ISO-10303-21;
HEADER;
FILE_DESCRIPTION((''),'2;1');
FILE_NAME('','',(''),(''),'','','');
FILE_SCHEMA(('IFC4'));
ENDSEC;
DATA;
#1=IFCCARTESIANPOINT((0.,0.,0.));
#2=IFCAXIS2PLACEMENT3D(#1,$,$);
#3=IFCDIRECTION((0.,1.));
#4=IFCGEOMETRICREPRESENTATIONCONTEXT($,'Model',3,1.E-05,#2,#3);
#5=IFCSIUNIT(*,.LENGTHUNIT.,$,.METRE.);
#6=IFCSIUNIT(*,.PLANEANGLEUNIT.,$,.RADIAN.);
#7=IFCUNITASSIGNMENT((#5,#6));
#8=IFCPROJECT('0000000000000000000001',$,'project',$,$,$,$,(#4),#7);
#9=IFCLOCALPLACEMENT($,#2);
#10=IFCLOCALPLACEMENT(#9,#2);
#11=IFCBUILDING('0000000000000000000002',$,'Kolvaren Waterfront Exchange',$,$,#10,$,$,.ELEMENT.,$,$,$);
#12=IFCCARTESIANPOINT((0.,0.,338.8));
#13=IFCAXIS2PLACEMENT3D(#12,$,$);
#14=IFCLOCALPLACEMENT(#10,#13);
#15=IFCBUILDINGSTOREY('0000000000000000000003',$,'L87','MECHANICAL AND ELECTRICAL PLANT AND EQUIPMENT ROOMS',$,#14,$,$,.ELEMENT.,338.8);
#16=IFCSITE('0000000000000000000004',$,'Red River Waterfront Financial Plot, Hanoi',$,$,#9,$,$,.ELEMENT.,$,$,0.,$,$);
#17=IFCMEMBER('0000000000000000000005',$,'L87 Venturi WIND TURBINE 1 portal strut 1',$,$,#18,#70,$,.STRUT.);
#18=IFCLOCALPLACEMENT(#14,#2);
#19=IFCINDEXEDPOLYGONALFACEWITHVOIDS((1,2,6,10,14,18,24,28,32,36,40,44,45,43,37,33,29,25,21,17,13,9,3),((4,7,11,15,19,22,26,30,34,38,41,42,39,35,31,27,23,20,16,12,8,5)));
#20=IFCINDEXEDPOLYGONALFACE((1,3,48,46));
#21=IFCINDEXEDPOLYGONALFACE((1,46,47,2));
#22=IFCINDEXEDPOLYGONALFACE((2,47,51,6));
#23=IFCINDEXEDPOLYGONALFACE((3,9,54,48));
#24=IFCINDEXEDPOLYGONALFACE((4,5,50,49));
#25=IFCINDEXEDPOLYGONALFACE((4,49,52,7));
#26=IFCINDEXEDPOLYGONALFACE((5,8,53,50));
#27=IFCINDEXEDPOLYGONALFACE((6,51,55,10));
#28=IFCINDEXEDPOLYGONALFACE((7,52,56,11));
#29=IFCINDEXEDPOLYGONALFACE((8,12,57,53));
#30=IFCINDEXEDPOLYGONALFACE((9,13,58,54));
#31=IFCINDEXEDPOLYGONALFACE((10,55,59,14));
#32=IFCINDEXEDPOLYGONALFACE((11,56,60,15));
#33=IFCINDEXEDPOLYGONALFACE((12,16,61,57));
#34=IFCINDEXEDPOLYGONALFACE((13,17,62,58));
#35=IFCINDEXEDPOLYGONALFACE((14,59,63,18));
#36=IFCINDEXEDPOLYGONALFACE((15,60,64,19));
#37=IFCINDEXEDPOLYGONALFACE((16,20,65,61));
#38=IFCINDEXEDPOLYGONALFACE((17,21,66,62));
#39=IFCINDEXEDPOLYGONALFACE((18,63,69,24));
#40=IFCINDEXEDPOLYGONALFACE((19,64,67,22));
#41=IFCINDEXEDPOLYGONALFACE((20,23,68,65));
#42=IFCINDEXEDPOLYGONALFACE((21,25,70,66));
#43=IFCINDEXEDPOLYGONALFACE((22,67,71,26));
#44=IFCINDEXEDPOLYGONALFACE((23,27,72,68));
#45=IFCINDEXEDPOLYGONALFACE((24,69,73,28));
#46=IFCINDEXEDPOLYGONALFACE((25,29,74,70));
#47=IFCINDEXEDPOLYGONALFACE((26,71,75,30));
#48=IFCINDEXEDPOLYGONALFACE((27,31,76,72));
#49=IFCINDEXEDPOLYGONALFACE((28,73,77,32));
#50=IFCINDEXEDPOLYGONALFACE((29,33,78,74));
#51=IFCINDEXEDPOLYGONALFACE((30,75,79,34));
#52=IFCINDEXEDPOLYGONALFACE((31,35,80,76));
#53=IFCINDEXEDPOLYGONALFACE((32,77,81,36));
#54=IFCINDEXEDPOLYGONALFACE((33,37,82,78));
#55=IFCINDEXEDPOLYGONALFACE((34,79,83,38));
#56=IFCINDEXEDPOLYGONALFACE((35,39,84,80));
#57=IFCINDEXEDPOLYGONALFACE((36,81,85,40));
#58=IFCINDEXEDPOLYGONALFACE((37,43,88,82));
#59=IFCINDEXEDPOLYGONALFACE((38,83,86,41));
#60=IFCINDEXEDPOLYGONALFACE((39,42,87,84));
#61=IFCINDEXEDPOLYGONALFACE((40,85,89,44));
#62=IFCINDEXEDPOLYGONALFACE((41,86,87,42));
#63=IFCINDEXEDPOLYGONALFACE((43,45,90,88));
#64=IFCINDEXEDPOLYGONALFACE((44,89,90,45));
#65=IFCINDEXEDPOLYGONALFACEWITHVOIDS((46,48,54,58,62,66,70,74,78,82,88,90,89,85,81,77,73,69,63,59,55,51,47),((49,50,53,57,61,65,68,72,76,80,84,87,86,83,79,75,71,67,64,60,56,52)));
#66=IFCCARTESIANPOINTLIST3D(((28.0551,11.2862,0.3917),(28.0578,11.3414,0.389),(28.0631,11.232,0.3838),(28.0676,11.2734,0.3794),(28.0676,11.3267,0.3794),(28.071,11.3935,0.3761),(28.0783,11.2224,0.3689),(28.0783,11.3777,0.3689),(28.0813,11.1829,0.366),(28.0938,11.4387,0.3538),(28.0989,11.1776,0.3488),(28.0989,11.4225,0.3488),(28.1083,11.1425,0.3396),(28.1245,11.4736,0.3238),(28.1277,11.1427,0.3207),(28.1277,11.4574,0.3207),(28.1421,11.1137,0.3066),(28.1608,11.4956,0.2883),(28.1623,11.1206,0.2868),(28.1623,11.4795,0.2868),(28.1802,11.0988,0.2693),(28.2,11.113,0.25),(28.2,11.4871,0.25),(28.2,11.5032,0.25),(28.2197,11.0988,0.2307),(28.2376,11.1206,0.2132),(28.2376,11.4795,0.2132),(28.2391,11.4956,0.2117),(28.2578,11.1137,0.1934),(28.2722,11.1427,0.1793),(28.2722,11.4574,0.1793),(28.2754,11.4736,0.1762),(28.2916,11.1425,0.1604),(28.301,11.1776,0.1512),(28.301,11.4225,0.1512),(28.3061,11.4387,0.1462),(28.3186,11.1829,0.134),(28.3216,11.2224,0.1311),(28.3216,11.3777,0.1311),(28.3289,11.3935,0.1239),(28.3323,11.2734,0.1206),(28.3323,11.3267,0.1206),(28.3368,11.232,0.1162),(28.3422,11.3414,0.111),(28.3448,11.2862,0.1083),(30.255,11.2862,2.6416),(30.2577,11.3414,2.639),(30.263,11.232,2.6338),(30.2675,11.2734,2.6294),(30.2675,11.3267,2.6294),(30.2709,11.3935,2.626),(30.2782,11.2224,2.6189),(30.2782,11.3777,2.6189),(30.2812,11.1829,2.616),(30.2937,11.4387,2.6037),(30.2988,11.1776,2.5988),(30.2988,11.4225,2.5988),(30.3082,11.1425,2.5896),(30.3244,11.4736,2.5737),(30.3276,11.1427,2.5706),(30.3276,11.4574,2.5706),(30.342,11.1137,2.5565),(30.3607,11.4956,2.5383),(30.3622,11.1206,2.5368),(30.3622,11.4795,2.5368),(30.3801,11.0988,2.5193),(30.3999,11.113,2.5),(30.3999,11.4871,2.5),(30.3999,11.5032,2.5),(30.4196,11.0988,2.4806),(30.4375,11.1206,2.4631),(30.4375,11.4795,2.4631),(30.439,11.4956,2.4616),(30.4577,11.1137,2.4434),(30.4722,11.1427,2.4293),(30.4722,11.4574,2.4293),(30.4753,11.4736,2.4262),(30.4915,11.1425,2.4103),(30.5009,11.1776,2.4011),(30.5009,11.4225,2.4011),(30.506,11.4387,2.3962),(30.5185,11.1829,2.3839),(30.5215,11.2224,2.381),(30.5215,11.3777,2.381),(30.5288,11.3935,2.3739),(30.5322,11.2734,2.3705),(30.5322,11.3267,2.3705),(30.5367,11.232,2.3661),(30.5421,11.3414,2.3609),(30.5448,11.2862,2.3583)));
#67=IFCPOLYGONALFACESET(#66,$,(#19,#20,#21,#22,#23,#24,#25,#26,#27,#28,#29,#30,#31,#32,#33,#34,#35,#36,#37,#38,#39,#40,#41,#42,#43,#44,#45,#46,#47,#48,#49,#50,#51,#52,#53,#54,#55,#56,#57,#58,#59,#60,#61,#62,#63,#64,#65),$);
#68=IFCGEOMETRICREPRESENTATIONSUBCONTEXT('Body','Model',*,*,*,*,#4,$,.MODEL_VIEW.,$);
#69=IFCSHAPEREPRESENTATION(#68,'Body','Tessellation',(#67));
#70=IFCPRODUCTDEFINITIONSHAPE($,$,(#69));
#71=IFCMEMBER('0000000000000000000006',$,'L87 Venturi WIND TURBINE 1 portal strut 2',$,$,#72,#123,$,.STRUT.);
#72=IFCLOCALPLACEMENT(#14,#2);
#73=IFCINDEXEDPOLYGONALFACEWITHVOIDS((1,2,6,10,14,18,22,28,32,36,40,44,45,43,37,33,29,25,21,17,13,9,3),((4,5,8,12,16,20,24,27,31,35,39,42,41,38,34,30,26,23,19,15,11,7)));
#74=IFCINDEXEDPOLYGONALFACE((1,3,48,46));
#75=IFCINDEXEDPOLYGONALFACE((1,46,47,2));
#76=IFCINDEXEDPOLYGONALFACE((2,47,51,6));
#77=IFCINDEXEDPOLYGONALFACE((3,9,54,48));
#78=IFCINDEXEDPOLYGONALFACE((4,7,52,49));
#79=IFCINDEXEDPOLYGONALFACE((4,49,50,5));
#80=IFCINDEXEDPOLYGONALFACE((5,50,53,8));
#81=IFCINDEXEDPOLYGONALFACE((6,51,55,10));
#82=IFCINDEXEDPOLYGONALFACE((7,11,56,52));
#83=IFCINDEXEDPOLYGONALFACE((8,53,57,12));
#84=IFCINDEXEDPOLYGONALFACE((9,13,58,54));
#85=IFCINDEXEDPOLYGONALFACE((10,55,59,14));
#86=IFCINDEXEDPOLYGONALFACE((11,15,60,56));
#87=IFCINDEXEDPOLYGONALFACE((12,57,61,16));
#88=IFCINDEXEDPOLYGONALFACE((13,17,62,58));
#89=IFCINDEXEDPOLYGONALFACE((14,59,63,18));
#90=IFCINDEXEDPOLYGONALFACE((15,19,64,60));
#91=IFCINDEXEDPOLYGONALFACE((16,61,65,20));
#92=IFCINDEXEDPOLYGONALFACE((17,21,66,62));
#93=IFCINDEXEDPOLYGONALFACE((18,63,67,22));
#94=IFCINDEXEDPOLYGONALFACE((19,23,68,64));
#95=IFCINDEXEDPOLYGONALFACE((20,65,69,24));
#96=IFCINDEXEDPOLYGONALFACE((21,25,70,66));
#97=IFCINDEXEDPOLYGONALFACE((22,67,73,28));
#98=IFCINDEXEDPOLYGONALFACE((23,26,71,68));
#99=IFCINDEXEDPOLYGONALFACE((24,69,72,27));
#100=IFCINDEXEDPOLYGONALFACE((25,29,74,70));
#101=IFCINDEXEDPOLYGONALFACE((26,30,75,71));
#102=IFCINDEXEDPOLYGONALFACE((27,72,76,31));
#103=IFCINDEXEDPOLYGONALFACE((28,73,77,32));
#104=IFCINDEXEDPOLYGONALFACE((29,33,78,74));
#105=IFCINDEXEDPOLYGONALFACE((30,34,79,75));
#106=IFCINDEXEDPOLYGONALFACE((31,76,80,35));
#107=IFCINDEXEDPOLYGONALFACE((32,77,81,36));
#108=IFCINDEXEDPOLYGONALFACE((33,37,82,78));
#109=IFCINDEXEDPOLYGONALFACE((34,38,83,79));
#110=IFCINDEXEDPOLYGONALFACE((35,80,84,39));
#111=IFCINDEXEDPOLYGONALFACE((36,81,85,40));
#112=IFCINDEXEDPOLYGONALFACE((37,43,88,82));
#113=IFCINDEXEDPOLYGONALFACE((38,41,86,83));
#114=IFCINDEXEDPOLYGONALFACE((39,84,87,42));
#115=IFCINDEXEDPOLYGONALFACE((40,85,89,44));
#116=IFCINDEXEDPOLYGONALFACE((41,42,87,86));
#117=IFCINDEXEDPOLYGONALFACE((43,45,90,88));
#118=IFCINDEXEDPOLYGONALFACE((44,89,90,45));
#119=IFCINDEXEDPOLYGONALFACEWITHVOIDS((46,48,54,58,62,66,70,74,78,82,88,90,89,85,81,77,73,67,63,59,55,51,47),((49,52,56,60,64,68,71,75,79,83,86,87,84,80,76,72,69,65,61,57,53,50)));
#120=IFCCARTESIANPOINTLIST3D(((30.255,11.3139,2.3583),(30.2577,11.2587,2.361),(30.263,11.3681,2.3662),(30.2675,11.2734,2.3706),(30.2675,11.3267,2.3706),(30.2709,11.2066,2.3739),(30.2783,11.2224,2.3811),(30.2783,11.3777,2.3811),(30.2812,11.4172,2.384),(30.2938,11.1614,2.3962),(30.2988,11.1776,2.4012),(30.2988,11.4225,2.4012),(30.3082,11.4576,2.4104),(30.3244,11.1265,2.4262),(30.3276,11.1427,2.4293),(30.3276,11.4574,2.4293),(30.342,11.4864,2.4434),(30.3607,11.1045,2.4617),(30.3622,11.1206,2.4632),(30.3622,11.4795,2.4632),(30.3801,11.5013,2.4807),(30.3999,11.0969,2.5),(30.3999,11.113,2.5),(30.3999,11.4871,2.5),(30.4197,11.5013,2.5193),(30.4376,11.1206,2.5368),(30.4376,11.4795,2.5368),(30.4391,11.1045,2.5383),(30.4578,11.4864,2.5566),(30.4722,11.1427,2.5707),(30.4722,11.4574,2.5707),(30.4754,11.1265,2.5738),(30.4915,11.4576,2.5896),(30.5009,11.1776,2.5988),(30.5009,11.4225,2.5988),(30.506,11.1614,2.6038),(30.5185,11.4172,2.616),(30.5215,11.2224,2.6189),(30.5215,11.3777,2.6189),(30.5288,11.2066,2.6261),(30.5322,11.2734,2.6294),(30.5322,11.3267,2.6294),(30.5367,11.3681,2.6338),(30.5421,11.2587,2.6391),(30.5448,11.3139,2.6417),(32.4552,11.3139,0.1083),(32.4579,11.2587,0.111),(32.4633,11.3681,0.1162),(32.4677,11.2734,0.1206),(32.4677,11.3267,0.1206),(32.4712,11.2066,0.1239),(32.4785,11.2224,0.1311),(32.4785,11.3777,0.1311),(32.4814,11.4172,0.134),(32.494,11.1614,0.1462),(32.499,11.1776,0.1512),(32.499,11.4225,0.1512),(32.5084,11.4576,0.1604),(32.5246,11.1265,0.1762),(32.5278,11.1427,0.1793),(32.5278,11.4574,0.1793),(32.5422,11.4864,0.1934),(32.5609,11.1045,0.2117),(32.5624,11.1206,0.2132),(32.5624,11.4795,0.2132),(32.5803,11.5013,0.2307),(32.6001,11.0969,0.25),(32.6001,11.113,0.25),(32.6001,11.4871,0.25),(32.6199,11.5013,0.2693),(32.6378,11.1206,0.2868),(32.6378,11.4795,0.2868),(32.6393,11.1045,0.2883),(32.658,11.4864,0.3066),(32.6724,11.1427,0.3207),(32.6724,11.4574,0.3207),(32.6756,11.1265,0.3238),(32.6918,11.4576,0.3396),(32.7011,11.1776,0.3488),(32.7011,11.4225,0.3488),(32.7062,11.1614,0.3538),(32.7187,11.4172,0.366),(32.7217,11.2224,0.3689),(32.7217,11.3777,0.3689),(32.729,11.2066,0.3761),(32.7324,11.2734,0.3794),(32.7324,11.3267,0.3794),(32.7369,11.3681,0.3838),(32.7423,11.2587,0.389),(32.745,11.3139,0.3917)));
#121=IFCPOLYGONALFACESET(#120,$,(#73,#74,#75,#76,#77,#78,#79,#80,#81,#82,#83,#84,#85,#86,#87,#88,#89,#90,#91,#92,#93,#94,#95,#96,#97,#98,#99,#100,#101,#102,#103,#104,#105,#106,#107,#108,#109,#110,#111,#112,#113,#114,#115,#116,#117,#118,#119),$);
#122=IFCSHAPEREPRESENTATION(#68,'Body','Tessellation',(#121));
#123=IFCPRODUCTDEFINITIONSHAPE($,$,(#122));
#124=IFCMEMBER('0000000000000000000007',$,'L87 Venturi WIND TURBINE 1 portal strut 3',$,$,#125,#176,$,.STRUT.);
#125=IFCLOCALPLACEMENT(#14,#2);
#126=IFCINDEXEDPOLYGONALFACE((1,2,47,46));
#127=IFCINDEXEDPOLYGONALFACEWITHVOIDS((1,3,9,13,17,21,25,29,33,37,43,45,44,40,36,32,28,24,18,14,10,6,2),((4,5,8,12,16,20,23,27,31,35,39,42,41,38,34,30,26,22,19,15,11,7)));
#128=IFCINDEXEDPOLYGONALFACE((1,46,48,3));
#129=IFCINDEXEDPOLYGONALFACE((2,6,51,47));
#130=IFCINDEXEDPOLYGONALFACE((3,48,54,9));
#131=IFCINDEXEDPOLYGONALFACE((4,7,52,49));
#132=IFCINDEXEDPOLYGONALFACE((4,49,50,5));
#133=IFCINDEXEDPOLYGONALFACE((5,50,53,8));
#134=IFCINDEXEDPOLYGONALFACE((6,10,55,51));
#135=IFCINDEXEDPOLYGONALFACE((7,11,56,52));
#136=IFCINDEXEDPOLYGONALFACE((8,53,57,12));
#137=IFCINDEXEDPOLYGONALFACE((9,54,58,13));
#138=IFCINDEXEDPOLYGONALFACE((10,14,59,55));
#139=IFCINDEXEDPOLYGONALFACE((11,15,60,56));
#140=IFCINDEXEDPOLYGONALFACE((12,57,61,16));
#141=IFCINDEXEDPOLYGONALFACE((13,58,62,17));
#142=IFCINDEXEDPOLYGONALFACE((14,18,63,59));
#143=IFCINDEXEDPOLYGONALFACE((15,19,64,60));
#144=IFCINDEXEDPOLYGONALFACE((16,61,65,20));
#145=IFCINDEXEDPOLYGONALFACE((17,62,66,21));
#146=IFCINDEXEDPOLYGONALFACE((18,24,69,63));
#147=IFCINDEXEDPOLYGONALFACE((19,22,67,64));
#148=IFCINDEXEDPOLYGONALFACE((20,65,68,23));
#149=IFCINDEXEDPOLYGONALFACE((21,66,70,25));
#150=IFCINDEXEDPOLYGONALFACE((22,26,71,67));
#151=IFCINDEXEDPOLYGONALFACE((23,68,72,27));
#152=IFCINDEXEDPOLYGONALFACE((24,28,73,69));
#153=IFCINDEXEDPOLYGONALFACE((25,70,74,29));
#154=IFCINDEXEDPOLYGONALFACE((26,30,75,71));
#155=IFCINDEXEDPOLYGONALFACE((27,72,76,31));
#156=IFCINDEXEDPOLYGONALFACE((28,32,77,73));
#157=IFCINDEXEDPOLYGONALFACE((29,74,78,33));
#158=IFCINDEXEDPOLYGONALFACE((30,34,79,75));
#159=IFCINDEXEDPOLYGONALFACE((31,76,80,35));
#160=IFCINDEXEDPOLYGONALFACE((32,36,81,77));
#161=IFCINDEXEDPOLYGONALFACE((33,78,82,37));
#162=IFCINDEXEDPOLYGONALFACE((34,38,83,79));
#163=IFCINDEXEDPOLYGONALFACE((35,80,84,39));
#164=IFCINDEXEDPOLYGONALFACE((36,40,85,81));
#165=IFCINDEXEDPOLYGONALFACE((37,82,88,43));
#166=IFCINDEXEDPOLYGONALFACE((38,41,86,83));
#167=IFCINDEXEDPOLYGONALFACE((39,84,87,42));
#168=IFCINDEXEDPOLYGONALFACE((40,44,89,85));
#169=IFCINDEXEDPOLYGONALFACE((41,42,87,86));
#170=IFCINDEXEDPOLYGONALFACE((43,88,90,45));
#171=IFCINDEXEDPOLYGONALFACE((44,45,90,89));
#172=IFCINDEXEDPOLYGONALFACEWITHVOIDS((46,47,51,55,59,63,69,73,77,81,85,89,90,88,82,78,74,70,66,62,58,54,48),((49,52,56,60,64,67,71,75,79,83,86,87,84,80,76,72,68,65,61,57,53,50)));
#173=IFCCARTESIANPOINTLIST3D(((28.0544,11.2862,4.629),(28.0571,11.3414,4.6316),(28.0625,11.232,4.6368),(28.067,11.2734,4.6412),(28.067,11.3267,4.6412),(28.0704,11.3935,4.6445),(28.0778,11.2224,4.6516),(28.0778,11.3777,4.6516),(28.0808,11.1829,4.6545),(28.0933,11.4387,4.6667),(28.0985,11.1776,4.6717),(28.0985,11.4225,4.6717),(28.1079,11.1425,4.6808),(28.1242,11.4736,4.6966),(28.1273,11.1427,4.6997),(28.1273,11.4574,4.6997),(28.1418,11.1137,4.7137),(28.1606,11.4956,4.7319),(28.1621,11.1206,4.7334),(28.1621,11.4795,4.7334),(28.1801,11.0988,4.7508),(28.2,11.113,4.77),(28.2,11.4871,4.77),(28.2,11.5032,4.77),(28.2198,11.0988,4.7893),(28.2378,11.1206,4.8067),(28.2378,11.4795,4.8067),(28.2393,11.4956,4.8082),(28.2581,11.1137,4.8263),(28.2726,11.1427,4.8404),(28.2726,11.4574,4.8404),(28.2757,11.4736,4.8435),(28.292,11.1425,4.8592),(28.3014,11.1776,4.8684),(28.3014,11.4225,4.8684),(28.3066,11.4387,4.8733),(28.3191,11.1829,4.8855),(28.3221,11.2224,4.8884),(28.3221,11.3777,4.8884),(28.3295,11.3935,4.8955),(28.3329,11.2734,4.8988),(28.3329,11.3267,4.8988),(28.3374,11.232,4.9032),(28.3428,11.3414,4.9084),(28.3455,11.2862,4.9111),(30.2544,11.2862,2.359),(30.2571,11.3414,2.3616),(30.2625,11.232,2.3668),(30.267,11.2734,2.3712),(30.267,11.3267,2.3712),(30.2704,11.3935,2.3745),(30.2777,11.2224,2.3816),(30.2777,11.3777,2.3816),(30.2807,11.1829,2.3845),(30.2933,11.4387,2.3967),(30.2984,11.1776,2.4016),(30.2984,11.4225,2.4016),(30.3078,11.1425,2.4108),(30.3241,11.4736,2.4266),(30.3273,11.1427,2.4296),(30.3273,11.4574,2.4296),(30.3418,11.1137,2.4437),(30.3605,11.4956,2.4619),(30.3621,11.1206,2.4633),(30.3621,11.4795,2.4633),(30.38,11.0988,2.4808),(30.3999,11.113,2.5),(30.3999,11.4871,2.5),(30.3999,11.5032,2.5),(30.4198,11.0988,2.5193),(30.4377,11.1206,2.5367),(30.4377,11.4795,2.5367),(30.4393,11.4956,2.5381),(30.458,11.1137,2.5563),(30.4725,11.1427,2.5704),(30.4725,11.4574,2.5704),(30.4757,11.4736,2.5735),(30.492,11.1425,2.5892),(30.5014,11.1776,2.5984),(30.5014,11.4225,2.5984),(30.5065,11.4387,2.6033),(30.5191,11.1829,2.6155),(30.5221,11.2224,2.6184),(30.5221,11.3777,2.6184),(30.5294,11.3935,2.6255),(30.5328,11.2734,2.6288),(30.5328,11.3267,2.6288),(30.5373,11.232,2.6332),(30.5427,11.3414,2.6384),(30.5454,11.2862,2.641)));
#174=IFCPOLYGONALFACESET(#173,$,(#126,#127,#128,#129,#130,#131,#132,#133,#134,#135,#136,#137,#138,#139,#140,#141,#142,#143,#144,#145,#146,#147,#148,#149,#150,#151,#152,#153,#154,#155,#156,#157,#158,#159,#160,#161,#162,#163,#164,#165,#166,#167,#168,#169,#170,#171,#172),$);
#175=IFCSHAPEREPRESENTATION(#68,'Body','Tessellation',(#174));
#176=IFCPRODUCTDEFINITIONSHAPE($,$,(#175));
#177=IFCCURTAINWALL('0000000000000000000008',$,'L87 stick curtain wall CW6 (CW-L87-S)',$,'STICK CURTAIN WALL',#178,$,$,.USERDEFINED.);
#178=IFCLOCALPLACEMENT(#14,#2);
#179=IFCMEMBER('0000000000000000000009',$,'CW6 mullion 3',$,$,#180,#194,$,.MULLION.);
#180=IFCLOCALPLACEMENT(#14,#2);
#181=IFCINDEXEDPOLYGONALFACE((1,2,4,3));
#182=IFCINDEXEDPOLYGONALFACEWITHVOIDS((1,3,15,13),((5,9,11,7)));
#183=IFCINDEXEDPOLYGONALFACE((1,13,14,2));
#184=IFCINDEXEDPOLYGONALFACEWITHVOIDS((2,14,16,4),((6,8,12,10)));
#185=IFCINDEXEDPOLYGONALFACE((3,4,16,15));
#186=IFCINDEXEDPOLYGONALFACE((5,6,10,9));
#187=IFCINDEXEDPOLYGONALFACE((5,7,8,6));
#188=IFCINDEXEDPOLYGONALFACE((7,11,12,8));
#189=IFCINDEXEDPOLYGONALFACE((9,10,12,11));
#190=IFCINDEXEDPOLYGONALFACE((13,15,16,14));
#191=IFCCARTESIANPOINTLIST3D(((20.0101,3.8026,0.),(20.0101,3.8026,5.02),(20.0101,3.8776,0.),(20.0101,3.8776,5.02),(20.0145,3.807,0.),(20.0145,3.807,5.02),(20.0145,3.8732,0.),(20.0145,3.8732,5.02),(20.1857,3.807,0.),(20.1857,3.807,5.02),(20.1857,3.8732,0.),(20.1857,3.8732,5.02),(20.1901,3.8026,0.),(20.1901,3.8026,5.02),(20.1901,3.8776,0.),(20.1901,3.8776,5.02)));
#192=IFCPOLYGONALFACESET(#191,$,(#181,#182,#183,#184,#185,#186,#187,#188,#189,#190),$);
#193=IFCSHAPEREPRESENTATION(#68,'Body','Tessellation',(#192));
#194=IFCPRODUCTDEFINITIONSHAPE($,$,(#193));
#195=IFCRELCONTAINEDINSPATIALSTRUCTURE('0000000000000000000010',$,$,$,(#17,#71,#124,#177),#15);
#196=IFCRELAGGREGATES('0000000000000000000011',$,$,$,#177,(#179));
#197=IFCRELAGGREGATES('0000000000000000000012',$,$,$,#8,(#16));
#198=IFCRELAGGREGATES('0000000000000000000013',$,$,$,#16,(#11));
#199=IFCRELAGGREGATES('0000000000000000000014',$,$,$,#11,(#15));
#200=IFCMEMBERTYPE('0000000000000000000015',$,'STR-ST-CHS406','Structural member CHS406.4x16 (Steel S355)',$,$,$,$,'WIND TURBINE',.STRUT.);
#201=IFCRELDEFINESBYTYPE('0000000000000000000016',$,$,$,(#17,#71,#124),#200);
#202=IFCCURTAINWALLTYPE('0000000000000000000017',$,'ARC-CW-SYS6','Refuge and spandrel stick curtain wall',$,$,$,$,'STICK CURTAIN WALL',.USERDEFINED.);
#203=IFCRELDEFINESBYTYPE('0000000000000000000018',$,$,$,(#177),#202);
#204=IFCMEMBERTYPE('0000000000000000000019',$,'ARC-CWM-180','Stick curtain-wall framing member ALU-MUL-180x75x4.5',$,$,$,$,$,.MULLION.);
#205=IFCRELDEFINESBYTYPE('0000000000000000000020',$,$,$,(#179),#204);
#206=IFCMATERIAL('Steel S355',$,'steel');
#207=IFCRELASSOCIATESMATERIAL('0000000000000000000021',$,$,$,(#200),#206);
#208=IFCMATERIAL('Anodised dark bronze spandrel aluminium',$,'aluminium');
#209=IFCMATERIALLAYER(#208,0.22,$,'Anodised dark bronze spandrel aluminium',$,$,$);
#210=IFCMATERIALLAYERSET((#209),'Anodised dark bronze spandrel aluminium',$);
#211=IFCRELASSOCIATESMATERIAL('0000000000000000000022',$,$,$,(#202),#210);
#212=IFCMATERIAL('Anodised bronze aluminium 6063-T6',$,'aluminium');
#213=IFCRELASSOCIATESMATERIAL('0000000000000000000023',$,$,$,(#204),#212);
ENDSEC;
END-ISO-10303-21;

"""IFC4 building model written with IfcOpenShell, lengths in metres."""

from ifc_helpers import new_model, si_unit, direction, frame, origin, origin_with_axes, origin_2d, place, context, subcontext, project, spatial, hollow_rectangle, hollow_circle, extrude, source, transform, mapped, material, layer, layer_set, material_profile, profile_set, type_object, element, aggregate, save


model = new_model("IFC4")

# Units and contexts
model_context = context("Model", 3, precision=1e-05, world=origin(), true_north=direction((0.0, 1.0)))
body_context = subcontext(model_context, "Body", "Model", "MODEL_VIEW")
ifc_project = project(units=[si_unit("LENGTHUNIT", "METRE"), si_unit("PLANEANGLEUNIT", "RADIAN")], contexts=[model_context])

# Site, building, storey
site_placement = place(None, origin())
site = spatial("IfcSite", under=ifc_project, at=site_placement, Name="Red River Waterfront Financial Plot, Hanoi", CompositionType="ELEMENT", RefElevation=0.0)
building_placement = place(site_placement, origin())
building = spatial("IfcBuilding", under=site, at=building_placement, Name="Kolvaren Waterfront Exchange", CompositionType="ELEMENT")
storey_placement = place(building_placement, frame((0.0, 0.0, 338.8)))
storey = spatial("IfcBuildingStorey", under=building, at=storey_placement, Name="L87", Description="MECHANICAL AND ELECTRICAL PLANT AND EQUIPMENT ROOMS", CompositionType="ELEMENT", Elevation=338.8)

# Shared definitions
ifc_material_1 = material(Name="Steel S355", Category="steel")

# Members
ifc_material_profile_1 = material_profile(ifc_material_1, hollow_circle(Radius=0.2031, WallThickness=0.0161, at=origin_2d()), Name="CHS406.4x16")
ifc_profile_set_1 = profile_set([ifc_material_profile_1], Name="Steel S355")
member_type_1 = type_object("IfcMemberType", Name="STR-ST-CHS406", Description="Structural member CHS406.4x16 (Steel S355)", ElementType="WIND TURBINE", PredefinedType="STRUT", material=ifc_profile_set_1)
member_1_placement = place(storey_placement, frame((28.2, 11.3, 0.25), z_axis=(0.69911, 0.0, 0.715014), x_axis=(0.0, 1.0, 0.0)))
element("IfcMember", 1, at=member_1_placement, inside=storey, type_object=member_type_1, Name="L87 Venturi WIND TURBINE 1 portal strut 1", PredefinedType="STRUT", context=body_context, shape_type="SweptSolid", body=[
    extrude(hollow_circle(Radius=0.2031, WallThickness=0.0161, at=origin_2d()), origin(), (0.0, 0.0, 1.0), 3.1467),
])
member_2_placement = place(storey_placement, frame((32.6001, 11.3, 0.25), z_axis=(-0.699149, 0.0, 0.714976), x_axis=(0.0, -1.0, 0.0)))
element("IfcMember", 2, at=member_2_placement, inside=storey, type_object=member_type_1, Name="L87 Venturi WIND TURBINE 1 portal strut 2", PredefinedType="STRUT", context=body_context, shape_type="SweptSolid", body=[
    extrude(hollow_circle(Radius=0.2031, WallThickness=0.0161, at=origin_2d()), origin(), (0.0, 0.0, 1.0), 3.147),
])
member_3_placement = place(storey_placement, frame((28.2, 11.3, 4.77), z_axis=(0.695937, 0.0, -0.718103), x_axis=(0.0, 1.0, 0.0)))
element("IfcMember", 3, at=member_3_placement, inside=storey, type_object=member_type_1, Name="L87 Venturi WIND TURBINE 1 portal strut 3", PredefinedType="STRUT", context=body_context, shape_type="SweptSolid", body=[
    extrude(hollow_circle(Radius=0.2031, WallThickness=0.0161, at=origin_2d()), origin(), (0.0, 0.0, 1.0), 3.1611),
])

# Curtain wall, member
ifc_material_2 = material(Name="Anodised dark bronze spandrel aluminium", Category="aluminium")
ifc_layer_1 = layer(ifc_material_2, 0.22, Name="Anodised dark bronze spandrel aluminium")
ifc_layer_set_1 = layer_set([ifc_layer_1], Name="Anodised dark bronze spandrel aluminium")
curtain_wall_type = type_object("IfcCurtainWallType", Name="ARC-CW-SYS6", Description="Refuge and spandrel stick curtain wall", ElementType="STICK CURTAIN WALL", PredefinedType="USERDEFINED", material=ifc_layer_set_1)
curtain_wall_placement = place(storey_placement, origin())
curtain_wall = element("IfcCurtainWall", 4, at=curtain_wall_placement, inside=storey, type_object=curtain_wall_type, Name="L87 stick curtain wall CW6 (CW-L87-S)", ObjectType="STICK CURTAIN WALL", PredefinedType="USERDEFINED")
ifc_material_3 = material(Name="Anodised bronze aluminium 6063-T6", Category="aluminium")
ifc_material_profile_2 = material_profile(ifc_material_3, hollow_rectangle(XDim=0.075, YDim=0.1799, WallThickness=0.0044, at=origin_2d()), Name="ALU-MUL-180x75x4.5")
ifc_profile_set_2 = profile_set([ifc_material_profile_2], Name="Anodised bronze aluminium 6063-T6")
member_type_2 = type_object("IfcMemberType", Name="ARC-CWM-180", Description="Stick curtain-wall framing member ALU-MUL-180x75x4.5", PredefinedType="MULLION", material=ifc_profile_set_2)
shared_shape_1 = source(origin_with_axes(), body_context, "Body", "SweptSolid", [
    extrude(hollow_rectangle(XDim=0.075, YDim=0.1799, WallThickness=0.0044, at=origin_2d()), origin(), (0.0, 0.0, 1.0), 5.02),
])
member_4_placement = place(storey_placement, frame((20.1001, 3.8401, 0.0), z_axis=(0.0, 0.0, 1.0), x_axis=(0.0, 1.0, 0.0)))
member_4 = element("IfcMember", 5, at=member_4_placement, type_object=member_type_2, Name="CW6 mullion 3", PredefinedType="MULLION", context=body_context, shape_type="MappedRepresentation", body=[
    mapped(shared_shape_1, transform((0.0, 0.0, 0.0), x_axis=(1.0, 0.0, 0.0), y_axis=(0.0, 1.0, 0.0), z_axis=(0.0, 0.0, 1.0), scale=1.0)),
])

aggregate(curtain_wall, [member_4])

save(model, "model.ifc")
